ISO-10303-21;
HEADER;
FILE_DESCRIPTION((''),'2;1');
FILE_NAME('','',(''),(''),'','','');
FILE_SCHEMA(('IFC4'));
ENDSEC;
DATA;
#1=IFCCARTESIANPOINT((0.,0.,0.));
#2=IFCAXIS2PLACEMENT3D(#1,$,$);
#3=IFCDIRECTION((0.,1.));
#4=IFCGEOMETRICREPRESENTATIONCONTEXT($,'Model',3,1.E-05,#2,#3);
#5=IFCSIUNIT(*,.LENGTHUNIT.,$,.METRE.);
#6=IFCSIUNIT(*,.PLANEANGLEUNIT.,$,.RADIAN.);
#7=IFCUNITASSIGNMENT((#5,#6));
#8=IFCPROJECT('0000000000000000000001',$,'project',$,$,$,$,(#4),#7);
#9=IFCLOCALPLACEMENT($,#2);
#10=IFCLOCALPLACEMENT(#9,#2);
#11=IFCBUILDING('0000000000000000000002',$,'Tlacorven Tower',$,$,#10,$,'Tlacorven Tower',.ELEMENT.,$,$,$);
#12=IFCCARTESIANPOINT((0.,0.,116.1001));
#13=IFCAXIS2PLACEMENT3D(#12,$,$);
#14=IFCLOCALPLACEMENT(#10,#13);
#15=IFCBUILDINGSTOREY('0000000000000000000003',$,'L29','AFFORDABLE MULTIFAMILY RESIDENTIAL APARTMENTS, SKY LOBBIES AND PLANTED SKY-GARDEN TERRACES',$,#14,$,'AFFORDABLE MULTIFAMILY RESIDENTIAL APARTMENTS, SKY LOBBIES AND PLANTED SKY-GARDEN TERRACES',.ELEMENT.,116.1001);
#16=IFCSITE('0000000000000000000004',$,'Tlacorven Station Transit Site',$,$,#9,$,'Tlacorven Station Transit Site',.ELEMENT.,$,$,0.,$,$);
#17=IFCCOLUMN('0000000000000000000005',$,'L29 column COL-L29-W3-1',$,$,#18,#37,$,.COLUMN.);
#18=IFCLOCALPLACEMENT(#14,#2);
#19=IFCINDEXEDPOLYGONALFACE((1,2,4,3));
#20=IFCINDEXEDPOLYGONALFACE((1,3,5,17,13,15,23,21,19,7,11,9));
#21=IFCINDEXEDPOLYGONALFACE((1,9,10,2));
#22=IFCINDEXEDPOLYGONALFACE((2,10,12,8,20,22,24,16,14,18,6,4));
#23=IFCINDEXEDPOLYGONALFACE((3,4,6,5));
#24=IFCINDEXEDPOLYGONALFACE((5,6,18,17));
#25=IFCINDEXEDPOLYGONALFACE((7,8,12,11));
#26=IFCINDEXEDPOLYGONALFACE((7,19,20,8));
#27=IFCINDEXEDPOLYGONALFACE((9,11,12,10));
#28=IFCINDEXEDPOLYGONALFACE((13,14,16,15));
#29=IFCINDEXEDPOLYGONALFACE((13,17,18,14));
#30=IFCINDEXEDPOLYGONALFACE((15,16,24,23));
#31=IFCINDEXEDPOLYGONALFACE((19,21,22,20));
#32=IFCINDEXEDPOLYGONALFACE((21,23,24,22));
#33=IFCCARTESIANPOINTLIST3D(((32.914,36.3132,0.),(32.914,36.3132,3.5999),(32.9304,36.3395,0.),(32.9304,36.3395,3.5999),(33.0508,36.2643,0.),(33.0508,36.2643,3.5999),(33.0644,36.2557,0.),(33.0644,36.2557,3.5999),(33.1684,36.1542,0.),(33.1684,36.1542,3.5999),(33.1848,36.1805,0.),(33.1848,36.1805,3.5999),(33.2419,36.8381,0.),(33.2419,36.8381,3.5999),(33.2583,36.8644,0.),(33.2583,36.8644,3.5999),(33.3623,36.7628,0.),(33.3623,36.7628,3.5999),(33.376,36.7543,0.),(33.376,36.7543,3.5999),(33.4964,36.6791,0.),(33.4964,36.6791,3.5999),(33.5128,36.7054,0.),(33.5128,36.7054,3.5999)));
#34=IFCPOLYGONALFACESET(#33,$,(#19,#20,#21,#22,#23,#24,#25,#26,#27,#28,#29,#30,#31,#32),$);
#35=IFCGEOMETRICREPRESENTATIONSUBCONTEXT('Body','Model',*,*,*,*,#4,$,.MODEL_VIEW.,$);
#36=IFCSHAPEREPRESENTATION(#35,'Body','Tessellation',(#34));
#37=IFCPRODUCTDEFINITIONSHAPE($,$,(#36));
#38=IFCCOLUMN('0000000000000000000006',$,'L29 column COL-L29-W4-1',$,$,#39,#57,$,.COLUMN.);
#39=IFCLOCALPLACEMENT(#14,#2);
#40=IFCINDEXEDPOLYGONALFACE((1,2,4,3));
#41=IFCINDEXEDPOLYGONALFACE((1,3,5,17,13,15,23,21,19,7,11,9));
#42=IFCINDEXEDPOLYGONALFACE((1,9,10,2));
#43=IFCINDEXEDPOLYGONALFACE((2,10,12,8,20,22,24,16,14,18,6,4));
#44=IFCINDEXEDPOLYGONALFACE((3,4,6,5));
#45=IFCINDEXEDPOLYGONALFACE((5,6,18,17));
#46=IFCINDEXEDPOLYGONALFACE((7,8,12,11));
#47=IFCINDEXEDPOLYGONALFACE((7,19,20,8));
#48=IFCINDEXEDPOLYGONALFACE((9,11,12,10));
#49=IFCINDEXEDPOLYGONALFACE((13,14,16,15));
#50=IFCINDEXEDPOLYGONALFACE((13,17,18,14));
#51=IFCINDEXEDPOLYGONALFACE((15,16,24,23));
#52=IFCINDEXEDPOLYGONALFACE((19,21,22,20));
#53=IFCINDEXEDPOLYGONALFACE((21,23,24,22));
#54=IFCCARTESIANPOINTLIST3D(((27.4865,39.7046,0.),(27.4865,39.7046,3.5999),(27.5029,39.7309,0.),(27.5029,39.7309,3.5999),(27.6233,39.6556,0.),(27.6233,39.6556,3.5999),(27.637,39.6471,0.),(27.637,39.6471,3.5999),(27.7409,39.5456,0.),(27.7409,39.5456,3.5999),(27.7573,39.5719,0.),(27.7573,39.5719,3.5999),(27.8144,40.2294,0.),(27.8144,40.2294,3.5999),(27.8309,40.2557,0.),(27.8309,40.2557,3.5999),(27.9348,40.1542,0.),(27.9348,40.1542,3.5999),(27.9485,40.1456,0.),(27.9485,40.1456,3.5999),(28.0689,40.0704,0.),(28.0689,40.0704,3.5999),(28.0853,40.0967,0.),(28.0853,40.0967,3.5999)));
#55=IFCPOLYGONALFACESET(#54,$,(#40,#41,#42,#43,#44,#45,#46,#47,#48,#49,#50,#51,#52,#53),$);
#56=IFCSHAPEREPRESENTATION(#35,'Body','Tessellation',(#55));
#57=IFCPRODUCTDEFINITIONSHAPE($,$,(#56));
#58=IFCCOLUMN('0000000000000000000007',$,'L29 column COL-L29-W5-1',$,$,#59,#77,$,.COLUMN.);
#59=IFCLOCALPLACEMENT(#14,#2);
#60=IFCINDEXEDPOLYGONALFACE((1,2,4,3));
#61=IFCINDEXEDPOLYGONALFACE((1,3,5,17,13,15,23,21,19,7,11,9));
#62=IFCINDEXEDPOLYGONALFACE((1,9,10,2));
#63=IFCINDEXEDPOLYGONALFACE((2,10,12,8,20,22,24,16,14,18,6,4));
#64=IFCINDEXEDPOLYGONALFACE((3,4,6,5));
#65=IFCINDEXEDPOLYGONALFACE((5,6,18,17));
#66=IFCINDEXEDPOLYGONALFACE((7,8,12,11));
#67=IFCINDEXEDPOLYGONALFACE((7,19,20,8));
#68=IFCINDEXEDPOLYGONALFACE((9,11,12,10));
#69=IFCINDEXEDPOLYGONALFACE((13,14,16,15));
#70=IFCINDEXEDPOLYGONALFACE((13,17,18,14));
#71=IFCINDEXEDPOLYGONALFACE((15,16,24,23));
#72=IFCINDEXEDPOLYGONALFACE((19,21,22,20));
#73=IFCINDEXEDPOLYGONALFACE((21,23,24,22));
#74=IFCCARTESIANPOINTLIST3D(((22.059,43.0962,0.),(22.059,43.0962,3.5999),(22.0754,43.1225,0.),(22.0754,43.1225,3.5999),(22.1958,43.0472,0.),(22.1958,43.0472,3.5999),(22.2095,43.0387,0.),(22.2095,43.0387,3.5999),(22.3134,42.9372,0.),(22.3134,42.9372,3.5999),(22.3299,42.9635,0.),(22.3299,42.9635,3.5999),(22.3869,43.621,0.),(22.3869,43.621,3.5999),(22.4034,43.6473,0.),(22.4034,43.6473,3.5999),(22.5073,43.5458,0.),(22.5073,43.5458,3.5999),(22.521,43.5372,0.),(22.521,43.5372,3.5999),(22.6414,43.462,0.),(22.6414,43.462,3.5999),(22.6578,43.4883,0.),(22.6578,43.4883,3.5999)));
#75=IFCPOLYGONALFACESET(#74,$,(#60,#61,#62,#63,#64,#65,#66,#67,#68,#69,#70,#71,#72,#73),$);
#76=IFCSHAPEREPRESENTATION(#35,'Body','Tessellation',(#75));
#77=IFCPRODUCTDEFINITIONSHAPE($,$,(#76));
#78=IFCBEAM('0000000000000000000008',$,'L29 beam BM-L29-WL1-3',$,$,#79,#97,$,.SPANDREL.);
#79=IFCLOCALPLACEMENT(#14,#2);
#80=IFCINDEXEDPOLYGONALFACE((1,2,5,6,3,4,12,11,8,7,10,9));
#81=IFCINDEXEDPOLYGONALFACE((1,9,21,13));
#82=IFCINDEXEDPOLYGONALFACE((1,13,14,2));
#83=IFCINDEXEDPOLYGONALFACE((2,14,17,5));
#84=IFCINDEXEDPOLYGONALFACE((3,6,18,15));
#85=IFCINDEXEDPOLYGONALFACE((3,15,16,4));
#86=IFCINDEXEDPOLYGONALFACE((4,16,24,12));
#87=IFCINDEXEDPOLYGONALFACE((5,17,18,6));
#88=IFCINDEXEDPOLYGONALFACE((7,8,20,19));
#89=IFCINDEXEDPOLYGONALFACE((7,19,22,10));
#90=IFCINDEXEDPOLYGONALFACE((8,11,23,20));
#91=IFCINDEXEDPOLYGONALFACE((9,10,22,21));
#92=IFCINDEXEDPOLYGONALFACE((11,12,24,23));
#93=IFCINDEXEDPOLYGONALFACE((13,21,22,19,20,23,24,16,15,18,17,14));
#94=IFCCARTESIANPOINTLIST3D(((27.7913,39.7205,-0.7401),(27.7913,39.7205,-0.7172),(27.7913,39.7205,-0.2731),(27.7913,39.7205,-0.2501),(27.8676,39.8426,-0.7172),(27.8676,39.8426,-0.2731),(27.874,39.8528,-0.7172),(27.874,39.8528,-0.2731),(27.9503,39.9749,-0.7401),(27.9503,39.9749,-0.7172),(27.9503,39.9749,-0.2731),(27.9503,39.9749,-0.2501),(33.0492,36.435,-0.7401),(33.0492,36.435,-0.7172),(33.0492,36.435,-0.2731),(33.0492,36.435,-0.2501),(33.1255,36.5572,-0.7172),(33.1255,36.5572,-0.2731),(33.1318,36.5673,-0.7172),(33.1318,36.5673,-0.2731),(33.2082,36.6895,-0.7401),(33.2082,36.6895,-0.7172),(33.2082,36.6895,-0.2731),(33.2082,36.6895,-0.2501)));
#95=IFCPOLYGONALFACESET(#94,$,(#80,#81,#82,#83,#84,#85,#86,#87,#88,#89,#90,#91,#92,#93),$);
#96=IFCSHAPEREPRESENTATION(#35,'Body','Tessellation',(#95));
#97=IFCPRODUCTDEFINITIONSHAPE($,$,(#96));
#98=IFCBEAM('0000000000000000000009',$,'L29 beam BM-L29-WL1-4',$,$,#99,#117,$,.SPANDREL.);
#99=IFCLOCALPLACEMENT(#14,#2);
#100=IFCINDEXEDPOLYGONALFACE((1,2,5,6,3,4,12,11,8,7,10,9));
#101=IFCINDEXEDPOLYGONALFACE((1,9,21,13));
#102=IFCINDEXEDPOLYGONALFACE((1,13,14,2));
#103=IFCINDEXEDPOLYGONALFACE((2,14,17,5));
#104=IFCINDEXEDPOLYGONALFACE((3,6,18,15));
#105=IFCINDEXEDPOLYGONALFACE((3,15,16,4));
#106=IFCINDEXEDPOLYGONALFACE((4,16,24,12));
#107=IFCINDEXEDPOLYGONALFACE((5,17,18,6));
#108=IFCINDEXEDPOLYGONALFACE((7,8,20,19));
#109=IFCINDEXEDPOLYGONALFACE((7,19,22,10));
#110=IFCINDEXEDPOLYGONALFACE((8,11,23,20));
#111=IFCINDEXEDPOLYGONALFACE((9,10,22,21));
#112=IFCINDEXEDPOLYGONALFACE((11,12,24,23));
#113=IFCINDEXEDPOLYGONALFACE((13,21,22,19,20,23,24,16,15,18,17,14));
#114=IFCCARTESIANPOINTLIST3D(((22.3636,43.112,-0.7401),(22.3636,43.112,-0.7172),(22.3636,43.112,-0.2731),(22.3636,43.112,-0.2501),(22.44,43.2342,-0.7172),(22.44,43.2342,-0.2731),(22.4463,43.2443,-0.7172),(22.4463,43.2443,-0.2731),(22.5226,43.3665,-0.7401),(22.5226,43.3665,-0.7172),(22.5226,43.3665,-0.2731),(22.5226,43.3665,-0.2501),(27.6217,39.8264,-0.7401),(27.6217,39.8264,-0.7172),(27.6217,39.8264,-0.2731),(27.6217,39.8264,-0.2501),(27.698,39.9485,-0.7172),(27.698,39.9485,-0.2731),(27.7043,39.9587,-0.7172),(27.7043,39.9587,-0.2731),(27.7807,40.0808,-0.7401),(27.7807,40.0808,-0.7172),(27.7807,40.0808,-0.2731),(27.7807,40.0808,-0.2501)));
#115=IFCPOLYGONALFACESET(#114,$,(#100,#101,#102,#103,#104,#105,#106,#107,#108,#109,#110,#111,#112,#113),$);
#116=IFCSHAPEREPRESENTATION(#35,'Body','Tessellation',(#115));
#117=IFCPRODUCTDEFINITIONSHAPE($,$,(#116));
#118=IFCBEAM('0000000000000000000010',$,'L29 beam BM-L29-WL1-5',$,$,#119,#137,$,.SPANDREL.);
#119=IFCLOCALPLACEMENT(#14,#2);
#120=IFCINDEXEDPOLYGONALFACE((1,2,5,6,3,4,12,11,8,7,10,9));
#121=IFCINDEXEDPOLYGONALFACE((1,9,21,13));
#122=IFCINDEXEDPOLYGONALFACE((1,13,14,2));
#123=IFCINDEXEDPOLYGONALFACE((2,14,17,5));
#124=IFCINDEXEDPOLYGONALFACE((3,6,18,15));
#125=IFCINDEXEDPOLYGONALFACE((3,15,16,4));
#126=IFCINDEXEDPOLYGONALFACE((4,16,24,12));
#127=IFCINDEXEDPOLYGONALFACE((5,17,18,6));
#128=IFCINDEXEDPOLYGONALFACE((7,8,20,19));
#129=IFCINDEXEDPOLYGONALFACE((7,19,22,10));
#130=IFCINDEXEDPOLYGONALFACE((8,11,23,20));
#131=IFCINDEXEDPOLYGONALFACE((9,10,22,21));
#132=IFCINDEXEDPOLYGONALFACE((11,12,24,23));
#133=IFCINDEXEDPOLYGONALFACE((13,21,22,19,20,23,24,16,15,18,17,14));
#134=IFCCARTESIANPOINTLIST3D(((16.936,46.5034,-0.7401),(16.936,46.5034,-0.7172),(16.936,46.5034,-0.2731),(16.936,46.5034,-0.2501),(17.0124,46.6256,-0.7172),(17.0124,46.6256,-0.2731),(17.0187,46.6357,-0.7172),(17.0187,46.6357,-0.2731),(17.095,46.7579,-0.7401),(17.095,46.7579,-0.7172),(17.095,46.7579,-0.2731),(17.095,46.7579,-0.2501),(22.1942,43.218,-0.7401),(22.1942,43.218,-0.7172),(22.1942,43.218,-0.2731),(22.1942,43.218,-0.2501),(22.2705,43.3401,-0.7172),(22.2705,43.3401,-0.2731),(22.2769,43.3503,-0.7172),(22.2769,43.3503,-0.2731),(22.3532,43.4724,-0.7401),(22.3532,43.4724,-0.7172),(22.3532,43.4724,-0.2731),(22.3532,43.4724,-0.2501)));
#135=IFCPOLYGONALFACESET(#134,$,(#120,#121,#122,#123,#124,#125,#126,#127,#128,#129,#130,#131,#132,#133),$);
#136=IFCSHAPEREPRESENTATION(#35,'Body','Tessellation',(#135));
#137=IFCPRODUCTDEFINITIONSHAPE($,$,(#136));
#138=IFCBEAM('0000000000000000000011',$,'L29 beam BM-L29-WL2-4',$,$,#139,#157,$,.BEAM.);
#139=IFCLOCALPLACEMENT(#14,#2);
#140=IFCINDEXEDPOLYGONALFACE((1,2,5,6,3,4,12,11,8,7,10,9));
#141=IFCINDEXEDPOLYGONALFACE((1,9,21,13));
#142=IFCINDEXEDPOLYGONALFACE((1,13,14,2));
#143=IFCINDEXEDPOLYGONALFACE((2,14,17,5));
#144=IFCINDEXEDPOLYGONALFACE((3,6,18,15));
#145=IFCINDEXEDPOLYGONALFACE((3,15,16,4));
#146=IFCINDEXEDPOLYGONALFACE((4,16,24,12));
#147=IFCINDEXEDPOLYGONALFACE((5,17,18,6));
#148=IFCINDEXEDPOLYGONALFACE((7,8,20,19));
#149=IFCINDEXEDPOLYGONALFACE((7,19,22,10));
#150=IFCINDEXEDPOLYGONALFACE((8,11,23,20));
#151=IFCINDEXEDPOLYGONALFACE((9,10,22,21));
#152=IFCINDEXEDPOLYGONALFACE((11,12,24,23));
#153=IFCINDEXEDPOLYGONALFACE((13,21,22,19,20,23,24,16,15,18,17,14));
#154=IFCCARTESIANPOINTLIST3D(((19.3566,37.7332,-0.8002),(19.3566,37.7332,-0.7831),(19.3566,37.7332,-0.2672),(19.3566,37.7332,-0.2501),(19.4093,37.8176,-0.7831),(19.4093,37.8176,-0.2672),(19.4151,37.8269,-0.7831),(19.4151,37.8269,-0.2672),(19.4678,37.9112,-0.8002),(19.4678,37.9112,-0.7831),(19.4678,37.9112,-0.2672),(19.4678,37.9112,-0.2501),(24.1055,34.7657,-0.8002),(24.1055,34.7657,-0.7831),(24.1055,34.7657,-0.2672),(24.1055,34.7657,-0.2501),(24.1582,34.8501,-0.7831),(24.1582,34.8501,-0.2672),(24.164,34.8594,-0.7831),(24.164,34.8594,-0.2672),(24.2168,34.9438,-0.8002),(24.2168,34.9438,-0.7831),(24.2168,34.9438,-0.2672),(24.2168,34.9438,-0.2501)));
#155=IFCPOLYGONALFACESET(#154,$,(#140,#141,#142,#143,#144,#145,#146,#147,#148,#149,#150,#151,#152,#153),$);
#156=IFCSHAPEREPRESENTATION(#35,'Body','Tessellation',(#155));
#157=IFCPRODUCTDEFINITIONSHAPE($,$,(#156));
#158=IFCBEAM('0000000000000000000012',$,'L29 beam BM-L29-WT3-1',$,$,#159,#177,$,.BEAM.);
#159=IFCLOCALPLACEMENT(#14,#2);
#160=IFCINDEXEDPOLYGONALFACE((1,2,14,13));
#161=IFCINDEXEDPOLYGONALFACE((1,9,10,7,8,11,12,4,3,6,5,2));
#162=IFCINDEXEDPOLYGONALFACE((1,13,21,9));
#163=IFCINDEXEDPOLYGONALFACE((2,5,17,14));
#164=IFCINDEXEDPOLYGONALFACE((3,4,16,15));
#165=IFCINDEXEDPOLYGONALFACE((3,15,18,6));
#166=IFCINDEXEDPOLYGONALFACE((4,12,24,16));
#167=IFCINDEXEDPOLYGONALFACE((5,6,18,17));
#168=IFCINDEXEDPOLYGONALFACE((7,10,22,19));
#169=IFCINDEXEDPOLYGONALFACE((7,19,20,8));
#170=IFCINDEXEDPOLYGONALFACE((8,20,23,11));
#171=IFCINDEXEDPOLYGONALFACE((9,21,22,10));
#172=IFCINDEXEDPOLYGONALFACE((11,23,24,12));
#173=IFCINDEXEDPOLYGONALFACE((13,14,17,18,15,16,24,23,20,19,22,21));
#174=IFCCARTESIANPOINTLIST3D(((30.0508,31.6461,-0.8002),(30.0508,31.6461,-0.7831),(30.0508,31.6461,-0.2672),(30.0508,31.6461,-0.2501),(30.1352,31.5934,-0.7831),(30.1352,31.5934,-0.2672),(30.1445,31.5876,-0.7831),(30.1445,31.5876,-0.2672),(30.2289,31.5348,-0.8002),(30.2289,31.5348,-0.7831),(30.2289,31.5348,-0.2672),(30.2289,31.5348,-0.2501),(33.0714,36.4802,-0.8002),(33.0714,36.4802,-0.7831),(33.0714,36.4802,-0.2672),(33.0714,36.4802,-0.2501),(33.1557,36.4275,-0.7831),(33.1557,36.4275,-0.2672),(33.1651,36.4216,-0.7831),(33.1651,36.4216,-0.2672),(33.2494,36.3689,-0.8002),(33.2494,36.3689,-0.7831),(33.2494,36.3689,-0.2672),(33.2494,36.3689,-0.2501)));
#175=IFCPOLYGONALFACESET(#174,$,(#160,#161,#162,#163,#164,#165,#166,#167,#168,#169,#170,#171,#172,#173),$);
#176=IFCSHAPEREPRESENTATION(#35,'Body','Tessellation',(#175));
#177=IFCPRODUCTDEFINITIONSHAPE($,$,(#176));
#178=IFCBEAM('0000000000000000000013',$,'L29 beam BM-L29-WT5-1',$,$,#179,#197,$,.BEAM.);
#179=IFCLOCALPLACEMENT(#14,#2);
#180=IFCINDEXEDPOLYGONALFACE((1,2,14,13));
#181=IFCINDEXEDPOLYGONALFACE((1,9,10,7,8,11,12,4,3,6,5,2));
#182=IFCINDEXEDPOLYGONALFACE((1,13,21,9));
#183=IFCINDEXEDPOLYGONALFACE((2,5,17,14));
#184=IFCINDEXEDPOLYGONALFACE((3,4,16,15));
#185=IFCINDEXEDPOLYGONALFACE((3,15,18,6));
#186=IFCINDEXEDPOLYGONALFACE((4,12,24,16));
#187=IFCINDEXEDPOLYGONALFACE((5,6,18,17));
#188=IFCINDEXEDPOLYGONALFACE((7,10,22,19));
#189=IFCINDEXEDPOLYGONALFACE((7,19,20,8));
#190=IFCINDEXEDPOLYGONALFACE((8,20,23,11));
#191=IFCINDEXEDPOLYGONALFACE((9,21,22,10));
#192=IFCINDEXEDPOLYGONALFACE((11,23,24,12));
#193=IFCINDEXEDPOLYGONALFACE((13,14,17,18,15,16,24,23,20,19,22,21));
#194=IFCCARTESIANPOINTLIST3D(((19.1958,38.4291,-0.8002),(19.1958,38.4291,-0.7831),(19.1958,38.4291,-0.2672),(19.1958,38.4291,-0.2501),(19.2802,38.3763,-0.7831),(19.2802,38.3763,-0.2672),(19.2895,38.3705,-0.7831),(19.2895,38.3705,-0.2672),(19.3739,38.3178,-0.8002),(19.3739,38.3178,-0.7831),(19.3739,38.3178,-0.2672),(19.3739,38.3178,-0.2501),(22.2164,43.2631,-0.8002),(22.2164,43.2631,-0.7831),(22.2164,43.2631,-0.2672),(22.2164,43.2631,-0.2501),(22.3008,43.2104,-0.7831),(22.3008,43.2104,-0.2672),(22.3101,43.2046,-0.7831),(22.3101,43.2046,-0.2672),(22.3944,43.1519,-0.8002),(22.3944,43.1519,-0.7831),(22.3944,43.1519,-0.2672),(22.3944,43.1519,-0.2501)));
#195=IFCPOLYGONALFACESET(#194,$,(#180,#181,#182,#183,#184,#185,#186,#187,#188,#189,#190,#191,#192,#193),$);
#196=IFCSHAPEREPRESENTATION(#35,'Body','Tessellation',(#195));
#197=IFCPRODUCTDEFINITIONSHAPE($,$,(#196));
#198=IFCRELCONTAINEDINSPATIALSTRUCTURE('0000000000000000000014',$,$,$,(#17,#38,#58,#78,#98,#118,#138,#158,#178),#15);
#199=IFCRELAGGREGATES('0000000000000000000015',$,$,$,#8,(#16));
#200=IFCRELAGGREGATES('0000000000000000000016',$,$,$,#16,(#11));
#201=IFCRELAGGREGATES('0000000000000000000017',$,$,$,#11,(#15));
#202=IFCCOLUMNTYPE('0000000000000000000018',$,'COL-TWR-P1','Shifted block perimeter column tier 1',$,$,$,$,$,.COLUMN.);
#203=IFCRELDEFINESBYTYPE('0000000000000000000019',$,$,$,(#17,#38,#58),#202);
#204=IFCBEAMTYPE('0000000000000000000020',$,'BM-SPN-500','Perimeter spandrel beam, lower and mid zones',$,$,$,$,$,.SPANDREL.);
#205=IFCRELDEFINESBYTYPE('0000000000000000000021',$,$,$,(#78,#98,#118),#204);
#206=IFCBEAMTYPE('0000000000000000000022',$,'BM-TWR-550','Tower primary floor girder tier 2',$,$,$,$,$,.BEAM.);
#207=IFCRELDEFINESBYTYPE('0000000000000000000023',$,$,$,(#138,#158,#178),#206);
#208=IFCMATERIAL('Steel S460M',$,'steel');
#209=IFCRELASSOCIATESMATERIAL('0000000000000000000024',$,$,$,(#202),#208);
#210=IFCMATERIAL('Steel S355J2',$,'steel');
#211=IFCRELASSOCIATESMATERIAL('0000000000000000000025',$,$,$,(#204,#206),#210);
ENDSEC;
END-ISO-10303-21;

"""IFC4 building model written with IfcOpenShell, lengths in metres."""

from ifc_helpers import new_model, si_unit, direction, frame, origin, origin_2d, place, context, subcontext, project, spatial, i_section, extrude, source, transform, mapped, material, material_profile, profile_set, type_object, element, save


model = new_model("IFC4")

# Units and contexts
model_context = context("Model", 3, precision=1e-05, world=origin(), true_north=direction((0.0, 1.0)))
body_context = subcontext(model_context, "Body", "Model", "MODEL_VIEW")
ifc_project = project(units=[si_unit("LENGTHUNIT", "METRE"), si_unit("PLANEANGLEUNIT", "RADIAN")], contexts=[model_context])

# Site, building, storey
site_placement = place(None, origin())
site = spatial("IfcSite", under=ifc_project, at=site_placement, Name="Tlacorven Station Transit Site", LongName="Tlacorven Station Transit Site", CompositionType="ELEMENT", RefElevation=0.0)
building_placement = place(site_placement, origin())
building = spatial("IfcBuilding", under=site, at=building_placement, Name="Tlacorven Tower", LongName="Tlacorven Tower", CompositionType="ELEMENT")
storey_placement = place(building_placement, frame((0.0, 0.0, 116.1001)))
storey = spatial("IfcBuildingStorey", under=building, at=storey_placement, Name="L29", Description="AFFORDABLE MULTIFAMILY RESIDENTIAL APARTMENTS, SKY LOBBIES AND PLANTED SKY-GARDEN TERRACES", LongName="AFFORDABLE MULTIFAMILY RESIDENTIAL APARTMENTS, SKY LOBBIES AND PLANTED SKY-GARDEN TERRACES", CompositionType="ELEMENT", Elevation=116.1001)

# Columns
ifc_material_1 = material(Name="Steel S460M", Category="steel")
ifc_material_profile_1 = material_profile(ifc_material_1, i_section(OverallWidth=0.3, OverallDepth=0.6499, WebThickness=0.0161, FlangeThickness=0.031, at=origin_2d()), Name="HEB 650")
ifc_profile_set_1 = profile_set([ifc_material_profile_1], Name="Steel S460M")
column_type = type_object("IfcColumnType", Name="COL-TWR-P1", Description="Shifted block perimeter column tier 1", PredefinedType="COLUMN", material=ifc_profile_set_1)
shared_shape_1 = source(origin(), body_context, "Body", "SweptSolid", [
    extrude(i_section(OverallWidth=0.3, OverallDepth=0.6499, WebThickness=0.0161, FlangeThickness=0.031, at=origin_2d()), origin(), (0.0, 0.0, 1.0), 3.5999),
])
for number, where, z_axis, x_axis, name in (
    (1, (33.2134, 36.5093, 0.0), (0.0, 0.0, 1.0), (-0.848048, 0.529919, 0.0), "L29 column COL-L29-W3-1"),
    (2, (27.7859, 39.9006, 0.0), (0.0, 0.0, 1.0), (-0.848048, 0.529919, 0.0), "L29 column COL-L29-W4-1"),
    (3, (22.3584, 43.2922, 0.0), (0.0, 0.0, 1.0), (-0.848048, 0.529919, 0.0), "L29 column COL-L29-W5-1"),
):
    element("IfcColumn", number, at=place(storey_placement, frame(where, z_axis=z_axis, x_axis=x_axis)), inside=storey, type_object=column_type, Name=name, PredefinedType="COLUMN", context=body_context, shape_type="MappedRepresentation", body=[
        mapped(shared_shape_1, transform((0.0, 0.0, 0.0), scale=1.0)),
    ])

# Beams
ifc_material_2 = material(Name="Steel S355J2", Category="steel")
ifc_material_profile_2 = material_profile(ifc_material_2, i_section(OverallWidth=0.3, OverallDepth=0.49, WebThickness=0.012, FlangeThickness=0.0229, at=origin_2d()), Name="HEA 500")
ifc_profile_set_2 = profile_set([ifc_material_profile_2], Name="Steel S355J2")
beam_type_1 = type_object("IfcBeamType", Name="BM-SPN-500", Description="Perimeter spandrel beam, lower and mid zones", PredefinedType="SPANDREL", material=ifc_profile_set_2)
shared_shape_2 = source(origin(), body_context, "Body", "SweptSolid", [
    extrude(i_section(OverallWidth=0.3, OverallDepth=0.49, WebThickness=0.012, FlangeThickness=0.0229, at=origin_2d()), origin(), (0.0, 0.0, 1.0), 6.2),
])
beam_1_placement = place(storey_placement, frame((33.1287, 36.5623, -0.4951), z_axis=(-0.848051, 0.529914, 0.0), x_axis=(-0.529914, -0.848051, 0.0)))
element("IfcBeam", 4, at=beam_1_placement, inside=storey, type_object=beam_type_1, Name="L29 beam BM-L29-WL1-3", PredefinedType="SPANDREL", context=body_context, shape_type="MappedRepresentation", body=[
    mapped(shared_shape_2, transform((0.0, 0.0, 0.0), scale=1.0)),
])
shared_shape_3 = source(origin(), body_context, "Body", "SweptSolid", [
    extrude(i_section(OverallWidth=0.3, OverallDepth=0.49, WebThickness=0.012, FlangeThickness=0.0229, at=origin_2d()), origin(), (0.0, 0.0, 1.0), 6.2002),
])
for number, where, z_axis, x_axis, name in (
    (5, (27.7012, 39.9536, -0.4951), (-0.848045, 0.529925, 0.0), (-0.529925, -0.848045, 0.0), "L29 beam BM-L29-WL1-4"),
    (6, (22.2737, 43.3452, -0.4951), (-0.848062, 0.529896, 0.0), (-0.529896, -0.848062, 0.0), "L29 beam BM-L29-WL1-5"),
):
    element("IfcBeam", number, at=place(storey_placement, frame(where, z_axis=z_axis, x_axis=x_axis)), inside=storey, type_object=beam_type_1, Name=name, PredefinedType="SPANDREL", context=body_context, shape_type="MappedRepresentation", body=[
        mapped(shared_shape_3, transform((0.0, 0.0, 0.0), scale=1.0)),
    ])
ifc_material_profile_3 = material_profile(ifc_material_2, i_section(OverallWidth=0.21, OverallDepth=0.55, WebThickness=0.011, FlangeThickness=0.0171, at=origin_2d()), Name="IPE 550")
ifc_profile_set_3 = profile_set([ifc_material_profile_3], Name="Steel S355J2")
beam_type_2 = type_object("IfcBeamType", Name="BM-TWR-550", Description="Tower primary floor girder tier 2", PredefinedType="BEAM", material=ifc_profile_set_3)
shared_shape_4 = source(origin(), body_context, "Body", "SweptSolid", [
    extrude(i_section(OverallWidth=0.21, OverallDepth=0.55, WebThickness=0.011, FlangeThickness=0.0171, at=origin_2d()), origin(), (0.0, 0.0, 1.0), 5.5999),
])
beam_2_placement = place(storey_placement, frame((24.1611, 34.8547, -0.5251), z_axis=(-0.848047, 0.529921, 0.0), x_axis=(-0.529921, -0.848047, 0.0)))
element("IfcBeam", 7, at=beam_2_placement, inside=storey, type_object=beam_type_2, Name="L29 beam BM-L29-WL2-4", PredefinedType="BEAM", context=body_context, shape_type="MappedRepresentation", body=[
    mapped(shared_shape_4, transform((0.0, 0.0, 0.0), scale=1.0)),
])
shared_shape_5 = source(origin(), body_context, "Body", "SweptSolid", [
    extrude(i_section(OverallWidth=0.21, OverallDepth=0.55, WebThickness=0.011, FlangeThickness=0.0171, at=origin_2d()), origin(), (0.0, 0.0, 1.0), 5.7002),
])
for number, where, z_axis, x_axis, name in (
    (8, (33.1604, 36.4246, -0.5251), (-0.529907, -0.848056, 0.0), (0.848056, -0.529907, 0.0), "L29 beam BM-L29-WT3-1"),
    (9, (22.3054, 43.2075, -0.5251), (-0.529907, -0.848056, 0.0), (0.848056, -0.529907, 0.0), "L29 beam BM-L29-WT5-1"),
):
    element("IfcBeam", number, at=place(storey_placement, frame(where, z_axis=z_axis, x_axis=x_axis)), inside=storey, type_object=beam_type_2, Name=name, PredefinedType="BEAM", context=body_context, shape_type="MappedRepresentation", body=[
        mapped(shared_shape_5, transform((0.0, 0.0, 0.0), scale=1.0)),
    ])

save(model, "model.ifc")
